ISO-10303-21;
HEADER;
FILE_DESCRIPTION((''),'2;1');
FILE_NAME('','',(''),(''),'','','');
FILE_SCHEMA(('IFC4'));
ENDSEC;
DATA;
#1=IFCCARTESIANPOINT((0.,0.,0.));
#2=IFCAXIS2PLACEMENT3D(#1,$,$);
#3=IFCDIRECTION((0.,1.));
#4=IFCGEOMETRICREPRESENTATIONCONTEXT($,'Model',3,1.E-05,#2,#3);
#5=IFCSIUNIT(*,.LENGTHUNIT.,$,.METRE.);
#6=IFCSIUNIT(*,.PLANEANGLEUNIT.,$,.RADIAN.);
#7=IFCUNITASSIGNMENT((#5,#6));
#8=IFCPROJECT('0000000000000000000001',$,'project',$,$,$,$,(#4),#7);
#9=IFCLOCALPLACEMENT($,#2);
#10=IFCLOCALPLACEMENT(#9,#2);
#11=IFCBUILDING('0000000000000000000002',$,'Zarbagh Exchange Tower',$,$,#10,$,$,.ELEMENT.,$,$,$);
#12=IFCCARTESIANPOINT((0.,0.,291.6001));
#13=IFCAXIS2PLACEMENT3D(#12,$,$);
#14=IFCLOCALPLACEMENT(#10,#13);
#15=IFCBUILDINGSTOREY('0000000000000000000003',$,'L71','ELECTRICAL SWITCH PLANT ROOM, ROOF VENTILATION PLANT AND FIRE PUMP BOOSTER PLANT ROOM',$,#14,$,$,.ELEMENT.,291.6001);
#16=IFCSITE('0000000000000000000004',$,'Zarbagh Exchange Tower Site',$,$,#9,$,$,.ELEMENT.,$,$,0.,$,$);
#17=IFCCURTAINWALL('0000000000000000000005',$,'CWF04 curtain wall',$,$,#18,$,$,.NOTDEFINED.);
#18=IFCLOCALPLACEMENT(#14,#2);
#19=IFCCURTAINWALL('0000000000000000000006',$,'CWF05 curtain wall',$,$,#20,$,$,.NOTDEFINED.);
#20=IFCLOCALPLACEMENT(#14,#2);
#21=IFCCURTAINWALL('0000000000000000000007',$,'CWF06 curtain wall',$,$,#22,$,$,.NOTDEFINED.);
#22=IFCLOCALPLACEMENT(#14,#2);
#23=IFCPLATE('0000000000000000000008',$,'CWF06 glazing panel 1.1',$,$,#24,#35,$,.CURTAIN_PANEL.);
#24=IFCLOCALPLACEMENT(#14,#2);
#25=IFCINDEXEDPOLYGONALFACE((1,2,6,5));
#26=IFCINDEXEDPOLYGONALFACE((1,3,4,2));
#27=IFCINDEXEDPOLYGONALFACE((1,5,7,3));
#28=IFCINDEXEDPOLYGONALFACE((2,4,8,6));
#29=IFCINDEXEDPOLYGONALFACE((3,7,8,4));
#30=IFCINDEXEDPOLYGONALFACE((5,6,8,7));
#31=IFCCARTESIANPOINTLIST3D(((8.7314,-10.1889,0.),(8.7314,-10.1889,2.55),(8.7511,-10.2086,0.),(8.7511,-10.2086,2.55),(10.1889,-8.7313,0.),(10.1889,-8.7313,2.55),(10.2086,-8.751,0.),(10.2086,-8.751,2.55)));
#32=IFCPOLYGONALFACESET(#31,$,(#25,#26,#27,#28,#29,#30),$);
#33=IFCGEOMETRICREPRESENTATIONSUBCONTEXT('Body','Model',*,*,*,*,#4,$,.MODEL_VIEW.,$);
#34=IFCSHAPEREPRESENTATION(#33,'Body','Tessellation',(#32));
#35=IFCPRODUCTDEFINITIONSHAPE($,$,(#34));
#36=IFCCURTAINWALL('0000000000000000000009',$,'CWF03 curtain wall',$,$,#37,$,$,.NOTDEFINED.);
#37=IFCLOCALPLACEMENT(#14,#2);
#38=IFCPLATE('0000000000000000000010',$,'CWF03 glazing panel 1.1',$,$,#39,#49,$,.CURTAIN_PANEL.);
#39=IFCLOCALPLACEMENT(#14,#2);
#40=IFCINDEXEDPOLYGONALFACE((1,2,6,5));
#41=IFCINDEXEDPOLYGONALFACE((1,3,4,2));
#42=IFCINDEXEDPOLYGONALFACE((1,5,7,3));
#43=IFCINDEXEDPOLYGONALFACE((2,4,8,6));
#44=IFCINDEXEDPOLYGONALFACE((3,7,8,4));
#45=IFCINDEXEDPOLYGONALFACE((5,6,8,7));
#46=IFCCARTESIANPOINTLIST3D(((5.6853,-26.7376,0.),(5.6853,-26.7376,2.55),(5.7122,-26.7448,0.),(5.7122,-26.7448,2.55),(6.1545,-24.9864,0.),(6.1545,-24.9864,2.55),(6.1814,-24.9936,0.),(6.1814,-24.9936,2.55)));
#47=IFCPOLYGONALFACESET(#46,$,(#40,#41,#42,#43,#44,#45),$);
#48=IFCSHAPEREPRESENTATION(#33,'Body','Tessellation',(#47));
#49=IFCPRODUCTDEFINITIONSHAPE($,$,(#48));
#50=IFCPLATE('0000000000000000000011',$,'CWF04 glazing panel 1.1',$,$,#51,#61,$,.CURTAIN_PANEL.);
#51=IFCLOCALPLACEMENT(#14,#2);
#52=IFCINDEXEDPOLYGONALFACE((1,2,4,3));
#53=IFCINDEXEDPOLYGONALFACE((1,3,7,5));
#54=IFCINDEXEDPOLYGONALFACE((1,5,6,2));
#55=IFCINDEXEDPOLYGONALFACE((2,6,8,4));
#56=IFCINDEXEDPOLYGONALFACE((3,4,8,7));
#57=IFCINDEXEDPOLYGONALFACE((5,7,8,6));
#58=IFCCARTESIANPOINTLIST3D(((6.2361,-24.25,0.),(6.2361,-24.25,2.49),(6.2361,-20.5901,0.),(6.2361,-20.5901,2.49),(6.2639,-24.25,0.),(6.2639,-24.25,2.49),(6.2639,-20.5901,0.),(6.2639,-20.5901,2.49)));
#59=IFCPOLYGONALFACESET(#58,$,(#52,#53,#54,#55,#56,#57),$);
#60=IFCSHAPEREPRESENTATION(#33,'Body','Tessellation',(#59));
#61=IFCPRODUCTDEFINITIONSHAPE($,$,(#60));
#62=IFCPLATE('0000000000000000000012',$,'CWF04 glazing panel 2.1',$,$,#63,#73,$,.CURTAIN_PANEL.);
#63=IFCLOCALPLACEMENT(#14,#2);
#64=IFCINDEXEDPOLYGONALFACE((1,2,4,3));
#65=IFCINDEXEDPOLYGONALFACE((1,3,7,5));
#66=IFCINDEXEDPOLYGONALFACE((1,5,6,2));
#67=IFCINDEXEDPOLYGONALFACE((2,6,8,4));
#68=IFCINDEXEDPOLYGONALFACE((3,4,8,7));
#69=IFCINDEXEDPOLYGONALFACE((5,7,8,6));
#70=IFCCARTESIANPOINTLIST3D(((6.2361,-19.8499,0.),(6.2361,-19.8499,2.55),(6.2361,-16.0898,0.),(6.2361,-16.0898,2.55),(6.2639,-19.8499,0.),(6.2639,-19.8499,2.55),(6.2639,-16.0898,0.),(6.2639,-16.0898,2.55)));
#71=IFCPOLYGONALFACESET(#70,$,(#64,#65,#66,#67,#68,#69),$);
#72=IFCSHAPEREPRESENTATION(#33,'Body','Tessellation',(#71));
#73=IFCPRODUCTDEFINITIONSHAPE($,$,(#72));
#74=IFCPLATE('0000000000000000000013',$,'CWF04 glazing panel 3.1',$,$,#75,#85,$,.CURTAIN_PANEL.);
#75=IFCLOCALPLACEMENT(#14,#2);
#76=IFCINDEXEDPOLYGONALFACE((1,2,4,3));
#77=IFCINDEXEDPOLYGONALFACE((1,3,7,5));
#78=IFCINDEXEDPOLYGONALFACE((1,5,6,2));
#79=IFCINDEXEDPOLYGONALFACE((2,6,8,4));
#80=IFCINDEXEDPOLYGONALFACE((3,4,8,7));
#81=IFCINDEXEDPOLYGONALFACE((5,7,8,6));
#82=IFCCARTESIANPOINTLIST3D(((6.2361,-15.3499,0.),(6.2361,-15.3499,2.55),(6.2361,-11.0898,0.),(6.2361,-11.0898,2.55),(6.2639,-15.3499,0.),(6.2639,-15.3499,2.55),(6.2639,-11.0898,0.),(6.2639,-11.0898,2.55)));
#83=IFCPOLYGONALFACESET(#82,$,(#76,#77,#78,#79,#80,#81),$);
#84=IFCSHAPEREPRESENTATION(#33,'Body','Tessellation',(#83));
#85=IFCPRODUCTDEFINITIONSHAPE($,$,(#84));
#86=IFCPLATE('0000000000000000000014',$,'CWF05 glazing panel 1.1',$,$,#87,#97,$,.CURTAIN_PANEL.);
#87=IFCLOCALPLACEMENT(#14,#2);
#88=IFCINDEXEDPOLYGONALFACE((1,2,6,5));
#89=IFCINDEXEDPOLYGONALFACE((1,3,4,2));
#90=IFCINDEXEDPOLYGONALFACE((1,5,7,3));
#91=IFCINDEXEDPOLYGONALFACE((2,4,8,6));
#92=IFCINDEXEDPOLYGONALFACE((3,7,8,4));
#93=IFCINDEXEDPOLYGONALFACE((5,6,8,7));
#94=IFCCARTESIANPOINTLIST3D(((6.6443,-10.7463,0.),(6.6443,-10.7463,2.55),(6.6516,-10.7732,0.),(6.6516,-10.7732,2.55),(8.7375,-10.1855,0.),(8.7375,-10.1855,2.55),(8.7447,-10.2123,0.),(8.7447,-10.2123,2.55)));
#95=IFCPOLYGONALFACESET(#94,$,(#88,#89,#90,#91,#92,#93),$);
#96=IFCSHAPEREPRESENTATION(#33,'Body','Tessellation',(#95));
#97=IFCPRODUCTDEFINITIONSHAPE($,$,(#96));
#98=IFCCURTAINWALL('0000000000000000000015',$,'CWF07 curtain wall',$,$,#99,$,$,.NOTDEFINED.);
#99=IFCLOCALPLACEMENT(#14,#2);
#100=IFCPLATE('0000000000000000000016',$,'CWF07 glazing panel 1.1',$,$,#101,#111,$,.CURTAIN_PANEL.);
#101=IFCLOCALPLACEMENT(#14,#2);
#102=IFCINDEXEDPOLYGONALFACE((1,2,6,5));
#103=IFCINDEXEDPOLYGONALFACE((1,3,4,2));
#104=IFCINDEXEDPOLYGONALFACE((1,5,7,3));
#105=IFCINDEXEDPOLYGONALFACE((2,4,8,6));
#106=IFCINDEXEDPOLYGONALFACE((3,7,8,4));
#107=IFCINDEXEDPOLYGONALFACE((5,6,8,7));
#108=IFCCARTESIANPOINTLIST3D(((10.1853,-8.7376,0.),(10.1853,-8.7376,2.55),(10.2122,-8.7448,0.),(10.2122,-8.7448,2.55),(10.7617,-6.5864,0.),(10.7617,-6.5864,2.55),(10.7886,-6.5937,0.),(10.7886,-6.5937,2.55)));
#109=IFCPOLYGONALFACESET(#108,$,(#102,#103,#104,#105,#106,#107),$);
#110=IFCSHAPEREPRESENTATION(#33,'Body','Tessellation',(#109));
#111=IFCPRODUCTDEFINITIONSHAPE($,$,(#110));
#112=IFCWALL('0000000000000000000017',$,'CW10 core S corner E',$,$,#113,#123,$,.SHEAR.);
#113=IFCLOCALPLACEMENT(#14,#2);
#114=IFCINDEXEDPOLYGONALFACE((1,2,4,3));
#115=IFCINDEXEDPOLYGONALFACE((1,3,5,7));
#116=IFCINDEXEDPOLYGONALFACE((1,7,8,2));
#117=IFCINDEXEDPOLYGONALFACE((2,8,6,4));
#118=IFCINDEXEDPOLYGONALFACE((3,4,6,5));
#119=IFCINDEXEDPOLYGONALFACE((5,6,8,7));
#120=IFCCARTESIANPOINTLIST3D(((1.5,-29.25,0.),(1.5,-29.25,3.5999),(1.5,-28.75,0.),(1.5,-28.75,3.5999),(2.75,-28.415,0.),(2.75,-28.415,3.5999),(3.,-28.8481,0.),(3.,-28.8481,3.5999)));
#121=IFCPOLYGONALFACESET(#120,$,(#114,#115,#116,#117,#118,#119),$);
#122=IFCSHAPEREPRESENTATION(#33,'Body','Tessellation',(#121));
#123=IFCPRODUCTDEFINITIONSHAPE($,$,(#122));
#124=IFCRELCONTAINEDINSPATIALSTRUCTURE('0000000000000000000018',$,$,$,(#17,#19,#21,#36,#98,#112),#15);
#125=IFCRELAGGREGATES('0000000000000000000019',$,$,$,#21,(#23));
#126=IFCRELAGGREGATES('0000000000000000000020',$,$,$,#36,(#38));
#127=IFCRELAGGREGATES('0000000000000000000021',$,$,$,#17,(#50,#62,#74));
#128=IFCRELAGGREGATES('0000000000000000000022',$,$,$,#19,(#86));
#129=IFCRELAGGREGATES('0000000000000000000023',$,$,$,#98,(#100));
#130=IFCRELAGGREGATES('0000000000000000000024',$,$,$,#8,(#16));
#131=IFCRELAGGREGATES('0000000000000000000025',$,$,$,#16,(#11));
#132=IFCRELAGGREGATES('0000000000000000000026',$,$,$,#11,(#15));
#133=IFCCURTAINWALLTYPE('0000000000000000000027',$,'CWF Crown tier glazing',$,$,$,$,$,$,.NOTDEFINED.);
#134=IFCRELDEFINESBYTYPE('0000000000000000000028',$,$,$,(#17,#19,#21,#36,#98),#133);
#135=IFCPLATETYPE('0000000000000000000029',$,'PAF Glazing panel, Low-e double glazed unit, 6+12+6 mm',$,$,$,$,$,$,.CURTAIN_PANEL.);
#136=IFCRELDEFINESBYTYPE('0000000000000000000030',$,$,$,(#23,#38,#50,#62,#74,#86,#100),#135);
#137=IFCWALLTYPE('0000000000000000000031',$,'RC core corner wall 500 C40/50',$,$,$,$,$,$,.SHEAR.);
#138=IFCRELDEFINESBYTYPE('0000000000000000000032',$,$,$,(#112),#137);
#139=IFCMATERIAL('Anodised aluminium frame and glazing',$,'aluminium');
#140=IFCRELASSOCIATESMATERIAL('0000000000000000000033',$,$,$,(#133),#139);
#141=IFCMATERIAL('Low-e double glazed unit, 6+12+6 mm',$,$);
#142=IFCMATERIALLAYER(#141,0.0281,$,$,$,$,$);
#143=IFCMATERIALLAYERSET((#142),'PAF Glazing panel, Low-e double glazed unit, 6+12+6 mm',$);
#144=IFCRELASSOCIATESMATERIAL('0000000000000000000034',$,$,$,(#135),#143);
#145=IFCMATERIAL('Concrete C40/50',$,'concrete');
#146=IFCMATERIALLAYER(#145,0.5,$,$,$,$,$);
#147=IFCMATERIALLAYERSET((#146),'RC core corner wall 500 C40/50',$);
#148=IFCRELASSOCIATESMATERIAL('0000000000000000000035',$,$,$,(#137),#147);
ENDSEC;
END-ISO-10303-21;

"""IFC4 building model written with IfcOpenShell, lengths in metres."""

from ifc_helpers import new_model, si_unit, direction, frame, origin, place, context, subcontext, project, spatial, polyline, outline, extrude, source, transform, mapped, material, layer, layer_set, type_object, element, aggregate, save


model = new_model("IFC4")

# Units and contexts
model_context = context("Model", 3, precision=1e-05, world=origin(), true_north=direction((0.0, 1.0)))
body_context = subcontext(model_context, "Body", "Model", "MODEL_VIEW")
ifc_project = project(units=[si_unit("LENGTHUNIT", "METRE"), si_unit("PLANEANGLEUNIT", "RADIAN")], contexts=[model_context])

# Site, building, storey
site_placement = place(None, origin())
site = spatial("IfcSite", under=ifc_project, at=site_placement, Name="Zarbagh Exchange Tower Site", CompositionType="ELEMENT", RefElevation=0.0)
building_placement = place(site_placement, origin())
building = spatial("IfcBuilding", under=site, at=building_placement, Name="Zarbagh Exchange Tower", CompositionType="ELEMENT")
storey_placement = place(building_placement, frame((0.0, 0.0, 291.6001)))
storey = spatial("IfcBuildingStorey", under=building, at=storey_placement, Name="L71", Description="ELECTRICAL SWITCH PLANT ROOM, ROOF VENTILATION PLANT AND FIRE PUMP BOOSTER PLANT ROOM", CompositionType="ELEMENT", Elevation=291.6001)

# Curtain wall
ifc_material_1 = material(Name="Anodised aluminium frame and glazing", Category="aluminium")
curtain_wall_type = type_object("IfcCurtainWallType", Name="CWF Crown tier glazing", PredefinedType="NOTDEFINED", material=ifc_material_1)
placement = place(storey_placement, origin())
curtain_wall_1_placement = place(storey_placement, origin())
curtain_wall_1 = element("IfcCurtainWall", 1, at=curtain_wall_1_placement, inside=storey, type_object=curtain_wall_type, Name="CWF04 curtain wall", PredefinedType="NOTDEFINED")

# Curtain wall
curtain_wall_2_placement = place(storey_placement, origin())
curtain_wall_2 = element("IfcCurtainWall", 2, at=curtain_wall_2_placement, inside=storey, type_object=curtain_wall_type, Name="CWF05 curtain wall", PredefinedType="NOTDEFINED")

# Shared definitions
ifc_material_2 = material(Name="Concrete C40/50", Category="concrete")

# Shared definitions
ifc_material_3 = material(Name="Low-e double glazed unit, 6+12+6 mm")
ifc_layer_1 = layer(ifc_material_3, 0.0281)
ifc_layer_set_1 = layer_set([ifc_layer_1], Name="PAF Glazing panel, Low-e double glazed unit, 6+12+6 mm")
plate_type = type_object("IfcPlateType", Name="PAF Glazing panel, Low-e double glazed unit, 6+12+6 mm", PredefinedType="CURTAIN_PANEL", material=ifc_layer_set_1)

# Curtain walls, plates
shared_shape_1 = source(origin(), body_context, "Body", "SweptSolid", [
    extrude(outline(polyline([(0.0, -0.0139), (2.0613, -0.0139), (2.0613, 0.0139), (0.0, 0.0139), (0.0, -0.0139)])), origin(), (0.0, 0.0, 1.0), 2.55),
])
curtain_wall_3_placement = place(storey_placement, origin())
curtain_wall_3 = element("IfcCurtainWall", 3, at=curtain_wall_3_placement, inside=storey, type_object=curtain_wall_type, Name="CWF06 curtain wall", PredefinedType="NOTDEFINED")
plate_1 = element("IfcPlate", 4, at=placement, type_object=plate_type, Name="CWF06 glazing panel 1.1", PredefinedType="CURTAIN_PANEL", context=body_context, shape_type="MappedRepresentation", body=[
    mapped(shared_shape_1, transform((8.7412, -10.1987, 0.0), x_axis=(0.707107, 0.707107, 0.0), y_axis=(-0.707107, 0.707107, 0.0), z_axis=(0.0, 0.0, 1.0))),
])
aggregate(curtain_wall_3, [plate_1])
curtain_wall_4_placement = place(storey_placement, origin())
curtain_wall_4 = element("IfcCurtainWall", 5, at=curtain_wall_4_placement, inside=storey, type_object=curtain_wall_type, Name="CWF03 curtain wall", PredefinedType="NOTDEFINED")
shared_shape_2 = source(origin(), body_context, "Body", "SweptSolid", [
    extrude(outline(polyline([(0.0, -0.0139), (1.813, -0.0139), (1.813, 0.0139), (0.0, 0.0139), (0.0, -0.0139)])), origin(), (0.0, 0.0, 1.0), 2.55),
])
plate_2 = element("IfcPlate", 6, at=placement, type_object=plate_type, Name="CWF03 glazing panel 1.1", PredefinedType="CURTAIN_PANEL", context=body_context, shape_type="MappedRepresentation", body=[
    mapped(shared_shape_2, transform((5.6987, -26.7412, 0.0), x_axis=(0.258825, 0.965924, 0.0), y_axis=(-0.965924, 0.258825, 0.0), z_axis=(0.0, 0.0, 1.0))),
])
aggregate(curtain_wall_4, [plate_2])

# Plates
shared_shape_3 = source(origin(), body_context, "Body", "SweptSolid", [
    extrude(outline(polyline([(0.0, -0.0139), (3.6599, -0.0139), (3.6599, 0.0139), (0.0, 0.0139), (0.0, -0.0139)])), origin(), (0.0, 0.0, 1.0), 2.49),
])
plate_3 = element("IfcPlate", 7, at=placement, type_object=plate_type, Name="CWF04 glazing panel 1.1", PredefinedType="CURTAIN_PANEL", context=body_context, shape_type="MappedRepresentation", body=[
    mapped(shared_shape_3, transform((6.25, -24.25, 0.0), x_axis=(0.0, 1.0, 0.0), y_axis=(-1.0, 0.0, 0.0), z_axis=(0.0, 0.0, 1.0))),
])
shared_shape_4 = source(origin(), body_context, "Body", "SweptSolid", [
    extrude(outline(polyline([(0.0, -0.0139), (3.76, -0.0139), (3.76, 0.0139), (0.0, 0.0139), (0.0, -0.0139)])), origin(), (0.0, 0.0, 1.0), 2.55),
])
plate_4 = element("IfcPlate", 8, at=placement, type_object=plate_type, Name="CWF04 glazing panel 2.1", PredefinedType="CURTAIN_PANEL", context=body_context, shape_type="MappedRepresentation", body=[
    mapped(shared_shape_4, transform((6.25, -19.8499, 0.0), x_axis=(0.0, 1.0, 0.0), y_axis=(-1.0, 0.0, 0.0), z_axis=(0.0, 0.0, 1.0))),
])
shared_shape_5 = source(origin(), body_context, "Body", "SweptSolid", [
    extrude(outline(polyline([(0.0, -0.0139), (4.26, -0.0139), (4.26, 0.0139), (0.0, 0.0139), (0.0, -0.0139)])), origin(), (0.0, 0.0, 1.0), 2.55),
])
plate_5 = element("IfcPlate", 9, at=placement, type_object=plate_type, Name="CWF04 glazing panel 3.1", PredefinedType="CURTAIN_PANEL", context=body_context, shape_type="MappedRepresentation", body=[
    mapped(shared_shape_5, transform((6.25, -15.3499, 0.0), x_axis=(0.0, 1.0, 0.0), y_axis=(-1.0, 0.0, 0.0), z_axis=(0.0, 0.0, 1.0))),
])
aggregate(curtain_wall_1, [plate_3, plate_4, plate_5])
shared_shape_6 = source(origin(), body_context, "Body", "SweptSolid", [
    extrude(outline(polyline([(0.0, -0.0139), (2.167, -0.0139), (2.167, 0.0139), (0.0, 0.0139), (0.0, -0.0139)])), origin(), (0.0, 0.0, 1.0), 2.55),
])
plate_6 = element("IfcPlate", 10, at=placement, type_object=plate_type, Name="CWF05 glazing panel 1.1", PredefinedType="CURTAIN_PANEL", context=body_context, shape_type="MappedRepresentation", body=[
    mapped(shared_shape_6, transform((6.6479, -10.7598, 0.0), x_axis=(0.965924, 0.258825, 0.0), y_axis=(-0.258825, 0.965924, 0.0), z_axis=(0.0, 0.0, 1.0))),
])
aggregate(curtain_wall_2, [plate_6])

# Curtain wall, plate
curtain_wall_5_placement = place(storey_placement, origin())
curtain_wall_5 = element("IfcCurtainWall", 11, at=curtain_wall_5_placement, inside=storey, type_object=curtain_wall_type, Name="CWF07 curtain wall", PredefinedType="NOTDEFINED")
shared_shape_7 = source(origin(), body_context, "Body", "SweptSolid", [
    extrude(outline(polyline([(0.0, -0.0139), (2.2271, -0.0139), (2.2271, 0.0139), (0.0, 0.0139), (0.0, -0.0139)])), origin(), (0.0, 0.0, 1.0), 2.55),
])
plate_7 = element("IfcPlate", 12, at=placement, type_object=plate_type, Name="CWF07 glazing panel 1.1", PredefinedType="CURTAIN_PANEL", context=body_context, shape_type="MappedRepresentation", body=[
    mapped(shared_shape_7, transform((10.1987, -8.7412, 0.0), x_axis=(0.258825, 0.965924, 0.0), y_axis=(-0.965924, 0.258825, 0.0), z_axis=(0.0, 0.0, 1.0))),
])
aggregate(curtain_wall_5, [plate_7])

# Wall
ifc_layer_2 = layer(ifc_material_2, 0.5)
ifc_layer_set_2 = layer_set([ifc_layer_2], Name="RC core corner wall 500 C40/50")
wall_type = type_object("IfcWallType", Name="RC core corner wall 500 C40/50", PredefinedType="SHEAR", material=ifc_layer_set_2)
wall_placement = place(storey_placement, origin())
element("IfcWall", 13, at=wall_placement, inside=storey, type_object=wall_type, Name="CW10 core S corner E", PredefinedType="SHEAR", context=body_context, shape_type="SweptSolid", body=[
    extrude(outline(polyline([(3.0, -28.8481), (1.5, -29.25), (1.5, -28.75), (2.75, -28.415), (3.0, -28.8481)])), origin(), (0.0, 0.0, 1.0), 3.5999),
])

save(model, "model.ifc")
